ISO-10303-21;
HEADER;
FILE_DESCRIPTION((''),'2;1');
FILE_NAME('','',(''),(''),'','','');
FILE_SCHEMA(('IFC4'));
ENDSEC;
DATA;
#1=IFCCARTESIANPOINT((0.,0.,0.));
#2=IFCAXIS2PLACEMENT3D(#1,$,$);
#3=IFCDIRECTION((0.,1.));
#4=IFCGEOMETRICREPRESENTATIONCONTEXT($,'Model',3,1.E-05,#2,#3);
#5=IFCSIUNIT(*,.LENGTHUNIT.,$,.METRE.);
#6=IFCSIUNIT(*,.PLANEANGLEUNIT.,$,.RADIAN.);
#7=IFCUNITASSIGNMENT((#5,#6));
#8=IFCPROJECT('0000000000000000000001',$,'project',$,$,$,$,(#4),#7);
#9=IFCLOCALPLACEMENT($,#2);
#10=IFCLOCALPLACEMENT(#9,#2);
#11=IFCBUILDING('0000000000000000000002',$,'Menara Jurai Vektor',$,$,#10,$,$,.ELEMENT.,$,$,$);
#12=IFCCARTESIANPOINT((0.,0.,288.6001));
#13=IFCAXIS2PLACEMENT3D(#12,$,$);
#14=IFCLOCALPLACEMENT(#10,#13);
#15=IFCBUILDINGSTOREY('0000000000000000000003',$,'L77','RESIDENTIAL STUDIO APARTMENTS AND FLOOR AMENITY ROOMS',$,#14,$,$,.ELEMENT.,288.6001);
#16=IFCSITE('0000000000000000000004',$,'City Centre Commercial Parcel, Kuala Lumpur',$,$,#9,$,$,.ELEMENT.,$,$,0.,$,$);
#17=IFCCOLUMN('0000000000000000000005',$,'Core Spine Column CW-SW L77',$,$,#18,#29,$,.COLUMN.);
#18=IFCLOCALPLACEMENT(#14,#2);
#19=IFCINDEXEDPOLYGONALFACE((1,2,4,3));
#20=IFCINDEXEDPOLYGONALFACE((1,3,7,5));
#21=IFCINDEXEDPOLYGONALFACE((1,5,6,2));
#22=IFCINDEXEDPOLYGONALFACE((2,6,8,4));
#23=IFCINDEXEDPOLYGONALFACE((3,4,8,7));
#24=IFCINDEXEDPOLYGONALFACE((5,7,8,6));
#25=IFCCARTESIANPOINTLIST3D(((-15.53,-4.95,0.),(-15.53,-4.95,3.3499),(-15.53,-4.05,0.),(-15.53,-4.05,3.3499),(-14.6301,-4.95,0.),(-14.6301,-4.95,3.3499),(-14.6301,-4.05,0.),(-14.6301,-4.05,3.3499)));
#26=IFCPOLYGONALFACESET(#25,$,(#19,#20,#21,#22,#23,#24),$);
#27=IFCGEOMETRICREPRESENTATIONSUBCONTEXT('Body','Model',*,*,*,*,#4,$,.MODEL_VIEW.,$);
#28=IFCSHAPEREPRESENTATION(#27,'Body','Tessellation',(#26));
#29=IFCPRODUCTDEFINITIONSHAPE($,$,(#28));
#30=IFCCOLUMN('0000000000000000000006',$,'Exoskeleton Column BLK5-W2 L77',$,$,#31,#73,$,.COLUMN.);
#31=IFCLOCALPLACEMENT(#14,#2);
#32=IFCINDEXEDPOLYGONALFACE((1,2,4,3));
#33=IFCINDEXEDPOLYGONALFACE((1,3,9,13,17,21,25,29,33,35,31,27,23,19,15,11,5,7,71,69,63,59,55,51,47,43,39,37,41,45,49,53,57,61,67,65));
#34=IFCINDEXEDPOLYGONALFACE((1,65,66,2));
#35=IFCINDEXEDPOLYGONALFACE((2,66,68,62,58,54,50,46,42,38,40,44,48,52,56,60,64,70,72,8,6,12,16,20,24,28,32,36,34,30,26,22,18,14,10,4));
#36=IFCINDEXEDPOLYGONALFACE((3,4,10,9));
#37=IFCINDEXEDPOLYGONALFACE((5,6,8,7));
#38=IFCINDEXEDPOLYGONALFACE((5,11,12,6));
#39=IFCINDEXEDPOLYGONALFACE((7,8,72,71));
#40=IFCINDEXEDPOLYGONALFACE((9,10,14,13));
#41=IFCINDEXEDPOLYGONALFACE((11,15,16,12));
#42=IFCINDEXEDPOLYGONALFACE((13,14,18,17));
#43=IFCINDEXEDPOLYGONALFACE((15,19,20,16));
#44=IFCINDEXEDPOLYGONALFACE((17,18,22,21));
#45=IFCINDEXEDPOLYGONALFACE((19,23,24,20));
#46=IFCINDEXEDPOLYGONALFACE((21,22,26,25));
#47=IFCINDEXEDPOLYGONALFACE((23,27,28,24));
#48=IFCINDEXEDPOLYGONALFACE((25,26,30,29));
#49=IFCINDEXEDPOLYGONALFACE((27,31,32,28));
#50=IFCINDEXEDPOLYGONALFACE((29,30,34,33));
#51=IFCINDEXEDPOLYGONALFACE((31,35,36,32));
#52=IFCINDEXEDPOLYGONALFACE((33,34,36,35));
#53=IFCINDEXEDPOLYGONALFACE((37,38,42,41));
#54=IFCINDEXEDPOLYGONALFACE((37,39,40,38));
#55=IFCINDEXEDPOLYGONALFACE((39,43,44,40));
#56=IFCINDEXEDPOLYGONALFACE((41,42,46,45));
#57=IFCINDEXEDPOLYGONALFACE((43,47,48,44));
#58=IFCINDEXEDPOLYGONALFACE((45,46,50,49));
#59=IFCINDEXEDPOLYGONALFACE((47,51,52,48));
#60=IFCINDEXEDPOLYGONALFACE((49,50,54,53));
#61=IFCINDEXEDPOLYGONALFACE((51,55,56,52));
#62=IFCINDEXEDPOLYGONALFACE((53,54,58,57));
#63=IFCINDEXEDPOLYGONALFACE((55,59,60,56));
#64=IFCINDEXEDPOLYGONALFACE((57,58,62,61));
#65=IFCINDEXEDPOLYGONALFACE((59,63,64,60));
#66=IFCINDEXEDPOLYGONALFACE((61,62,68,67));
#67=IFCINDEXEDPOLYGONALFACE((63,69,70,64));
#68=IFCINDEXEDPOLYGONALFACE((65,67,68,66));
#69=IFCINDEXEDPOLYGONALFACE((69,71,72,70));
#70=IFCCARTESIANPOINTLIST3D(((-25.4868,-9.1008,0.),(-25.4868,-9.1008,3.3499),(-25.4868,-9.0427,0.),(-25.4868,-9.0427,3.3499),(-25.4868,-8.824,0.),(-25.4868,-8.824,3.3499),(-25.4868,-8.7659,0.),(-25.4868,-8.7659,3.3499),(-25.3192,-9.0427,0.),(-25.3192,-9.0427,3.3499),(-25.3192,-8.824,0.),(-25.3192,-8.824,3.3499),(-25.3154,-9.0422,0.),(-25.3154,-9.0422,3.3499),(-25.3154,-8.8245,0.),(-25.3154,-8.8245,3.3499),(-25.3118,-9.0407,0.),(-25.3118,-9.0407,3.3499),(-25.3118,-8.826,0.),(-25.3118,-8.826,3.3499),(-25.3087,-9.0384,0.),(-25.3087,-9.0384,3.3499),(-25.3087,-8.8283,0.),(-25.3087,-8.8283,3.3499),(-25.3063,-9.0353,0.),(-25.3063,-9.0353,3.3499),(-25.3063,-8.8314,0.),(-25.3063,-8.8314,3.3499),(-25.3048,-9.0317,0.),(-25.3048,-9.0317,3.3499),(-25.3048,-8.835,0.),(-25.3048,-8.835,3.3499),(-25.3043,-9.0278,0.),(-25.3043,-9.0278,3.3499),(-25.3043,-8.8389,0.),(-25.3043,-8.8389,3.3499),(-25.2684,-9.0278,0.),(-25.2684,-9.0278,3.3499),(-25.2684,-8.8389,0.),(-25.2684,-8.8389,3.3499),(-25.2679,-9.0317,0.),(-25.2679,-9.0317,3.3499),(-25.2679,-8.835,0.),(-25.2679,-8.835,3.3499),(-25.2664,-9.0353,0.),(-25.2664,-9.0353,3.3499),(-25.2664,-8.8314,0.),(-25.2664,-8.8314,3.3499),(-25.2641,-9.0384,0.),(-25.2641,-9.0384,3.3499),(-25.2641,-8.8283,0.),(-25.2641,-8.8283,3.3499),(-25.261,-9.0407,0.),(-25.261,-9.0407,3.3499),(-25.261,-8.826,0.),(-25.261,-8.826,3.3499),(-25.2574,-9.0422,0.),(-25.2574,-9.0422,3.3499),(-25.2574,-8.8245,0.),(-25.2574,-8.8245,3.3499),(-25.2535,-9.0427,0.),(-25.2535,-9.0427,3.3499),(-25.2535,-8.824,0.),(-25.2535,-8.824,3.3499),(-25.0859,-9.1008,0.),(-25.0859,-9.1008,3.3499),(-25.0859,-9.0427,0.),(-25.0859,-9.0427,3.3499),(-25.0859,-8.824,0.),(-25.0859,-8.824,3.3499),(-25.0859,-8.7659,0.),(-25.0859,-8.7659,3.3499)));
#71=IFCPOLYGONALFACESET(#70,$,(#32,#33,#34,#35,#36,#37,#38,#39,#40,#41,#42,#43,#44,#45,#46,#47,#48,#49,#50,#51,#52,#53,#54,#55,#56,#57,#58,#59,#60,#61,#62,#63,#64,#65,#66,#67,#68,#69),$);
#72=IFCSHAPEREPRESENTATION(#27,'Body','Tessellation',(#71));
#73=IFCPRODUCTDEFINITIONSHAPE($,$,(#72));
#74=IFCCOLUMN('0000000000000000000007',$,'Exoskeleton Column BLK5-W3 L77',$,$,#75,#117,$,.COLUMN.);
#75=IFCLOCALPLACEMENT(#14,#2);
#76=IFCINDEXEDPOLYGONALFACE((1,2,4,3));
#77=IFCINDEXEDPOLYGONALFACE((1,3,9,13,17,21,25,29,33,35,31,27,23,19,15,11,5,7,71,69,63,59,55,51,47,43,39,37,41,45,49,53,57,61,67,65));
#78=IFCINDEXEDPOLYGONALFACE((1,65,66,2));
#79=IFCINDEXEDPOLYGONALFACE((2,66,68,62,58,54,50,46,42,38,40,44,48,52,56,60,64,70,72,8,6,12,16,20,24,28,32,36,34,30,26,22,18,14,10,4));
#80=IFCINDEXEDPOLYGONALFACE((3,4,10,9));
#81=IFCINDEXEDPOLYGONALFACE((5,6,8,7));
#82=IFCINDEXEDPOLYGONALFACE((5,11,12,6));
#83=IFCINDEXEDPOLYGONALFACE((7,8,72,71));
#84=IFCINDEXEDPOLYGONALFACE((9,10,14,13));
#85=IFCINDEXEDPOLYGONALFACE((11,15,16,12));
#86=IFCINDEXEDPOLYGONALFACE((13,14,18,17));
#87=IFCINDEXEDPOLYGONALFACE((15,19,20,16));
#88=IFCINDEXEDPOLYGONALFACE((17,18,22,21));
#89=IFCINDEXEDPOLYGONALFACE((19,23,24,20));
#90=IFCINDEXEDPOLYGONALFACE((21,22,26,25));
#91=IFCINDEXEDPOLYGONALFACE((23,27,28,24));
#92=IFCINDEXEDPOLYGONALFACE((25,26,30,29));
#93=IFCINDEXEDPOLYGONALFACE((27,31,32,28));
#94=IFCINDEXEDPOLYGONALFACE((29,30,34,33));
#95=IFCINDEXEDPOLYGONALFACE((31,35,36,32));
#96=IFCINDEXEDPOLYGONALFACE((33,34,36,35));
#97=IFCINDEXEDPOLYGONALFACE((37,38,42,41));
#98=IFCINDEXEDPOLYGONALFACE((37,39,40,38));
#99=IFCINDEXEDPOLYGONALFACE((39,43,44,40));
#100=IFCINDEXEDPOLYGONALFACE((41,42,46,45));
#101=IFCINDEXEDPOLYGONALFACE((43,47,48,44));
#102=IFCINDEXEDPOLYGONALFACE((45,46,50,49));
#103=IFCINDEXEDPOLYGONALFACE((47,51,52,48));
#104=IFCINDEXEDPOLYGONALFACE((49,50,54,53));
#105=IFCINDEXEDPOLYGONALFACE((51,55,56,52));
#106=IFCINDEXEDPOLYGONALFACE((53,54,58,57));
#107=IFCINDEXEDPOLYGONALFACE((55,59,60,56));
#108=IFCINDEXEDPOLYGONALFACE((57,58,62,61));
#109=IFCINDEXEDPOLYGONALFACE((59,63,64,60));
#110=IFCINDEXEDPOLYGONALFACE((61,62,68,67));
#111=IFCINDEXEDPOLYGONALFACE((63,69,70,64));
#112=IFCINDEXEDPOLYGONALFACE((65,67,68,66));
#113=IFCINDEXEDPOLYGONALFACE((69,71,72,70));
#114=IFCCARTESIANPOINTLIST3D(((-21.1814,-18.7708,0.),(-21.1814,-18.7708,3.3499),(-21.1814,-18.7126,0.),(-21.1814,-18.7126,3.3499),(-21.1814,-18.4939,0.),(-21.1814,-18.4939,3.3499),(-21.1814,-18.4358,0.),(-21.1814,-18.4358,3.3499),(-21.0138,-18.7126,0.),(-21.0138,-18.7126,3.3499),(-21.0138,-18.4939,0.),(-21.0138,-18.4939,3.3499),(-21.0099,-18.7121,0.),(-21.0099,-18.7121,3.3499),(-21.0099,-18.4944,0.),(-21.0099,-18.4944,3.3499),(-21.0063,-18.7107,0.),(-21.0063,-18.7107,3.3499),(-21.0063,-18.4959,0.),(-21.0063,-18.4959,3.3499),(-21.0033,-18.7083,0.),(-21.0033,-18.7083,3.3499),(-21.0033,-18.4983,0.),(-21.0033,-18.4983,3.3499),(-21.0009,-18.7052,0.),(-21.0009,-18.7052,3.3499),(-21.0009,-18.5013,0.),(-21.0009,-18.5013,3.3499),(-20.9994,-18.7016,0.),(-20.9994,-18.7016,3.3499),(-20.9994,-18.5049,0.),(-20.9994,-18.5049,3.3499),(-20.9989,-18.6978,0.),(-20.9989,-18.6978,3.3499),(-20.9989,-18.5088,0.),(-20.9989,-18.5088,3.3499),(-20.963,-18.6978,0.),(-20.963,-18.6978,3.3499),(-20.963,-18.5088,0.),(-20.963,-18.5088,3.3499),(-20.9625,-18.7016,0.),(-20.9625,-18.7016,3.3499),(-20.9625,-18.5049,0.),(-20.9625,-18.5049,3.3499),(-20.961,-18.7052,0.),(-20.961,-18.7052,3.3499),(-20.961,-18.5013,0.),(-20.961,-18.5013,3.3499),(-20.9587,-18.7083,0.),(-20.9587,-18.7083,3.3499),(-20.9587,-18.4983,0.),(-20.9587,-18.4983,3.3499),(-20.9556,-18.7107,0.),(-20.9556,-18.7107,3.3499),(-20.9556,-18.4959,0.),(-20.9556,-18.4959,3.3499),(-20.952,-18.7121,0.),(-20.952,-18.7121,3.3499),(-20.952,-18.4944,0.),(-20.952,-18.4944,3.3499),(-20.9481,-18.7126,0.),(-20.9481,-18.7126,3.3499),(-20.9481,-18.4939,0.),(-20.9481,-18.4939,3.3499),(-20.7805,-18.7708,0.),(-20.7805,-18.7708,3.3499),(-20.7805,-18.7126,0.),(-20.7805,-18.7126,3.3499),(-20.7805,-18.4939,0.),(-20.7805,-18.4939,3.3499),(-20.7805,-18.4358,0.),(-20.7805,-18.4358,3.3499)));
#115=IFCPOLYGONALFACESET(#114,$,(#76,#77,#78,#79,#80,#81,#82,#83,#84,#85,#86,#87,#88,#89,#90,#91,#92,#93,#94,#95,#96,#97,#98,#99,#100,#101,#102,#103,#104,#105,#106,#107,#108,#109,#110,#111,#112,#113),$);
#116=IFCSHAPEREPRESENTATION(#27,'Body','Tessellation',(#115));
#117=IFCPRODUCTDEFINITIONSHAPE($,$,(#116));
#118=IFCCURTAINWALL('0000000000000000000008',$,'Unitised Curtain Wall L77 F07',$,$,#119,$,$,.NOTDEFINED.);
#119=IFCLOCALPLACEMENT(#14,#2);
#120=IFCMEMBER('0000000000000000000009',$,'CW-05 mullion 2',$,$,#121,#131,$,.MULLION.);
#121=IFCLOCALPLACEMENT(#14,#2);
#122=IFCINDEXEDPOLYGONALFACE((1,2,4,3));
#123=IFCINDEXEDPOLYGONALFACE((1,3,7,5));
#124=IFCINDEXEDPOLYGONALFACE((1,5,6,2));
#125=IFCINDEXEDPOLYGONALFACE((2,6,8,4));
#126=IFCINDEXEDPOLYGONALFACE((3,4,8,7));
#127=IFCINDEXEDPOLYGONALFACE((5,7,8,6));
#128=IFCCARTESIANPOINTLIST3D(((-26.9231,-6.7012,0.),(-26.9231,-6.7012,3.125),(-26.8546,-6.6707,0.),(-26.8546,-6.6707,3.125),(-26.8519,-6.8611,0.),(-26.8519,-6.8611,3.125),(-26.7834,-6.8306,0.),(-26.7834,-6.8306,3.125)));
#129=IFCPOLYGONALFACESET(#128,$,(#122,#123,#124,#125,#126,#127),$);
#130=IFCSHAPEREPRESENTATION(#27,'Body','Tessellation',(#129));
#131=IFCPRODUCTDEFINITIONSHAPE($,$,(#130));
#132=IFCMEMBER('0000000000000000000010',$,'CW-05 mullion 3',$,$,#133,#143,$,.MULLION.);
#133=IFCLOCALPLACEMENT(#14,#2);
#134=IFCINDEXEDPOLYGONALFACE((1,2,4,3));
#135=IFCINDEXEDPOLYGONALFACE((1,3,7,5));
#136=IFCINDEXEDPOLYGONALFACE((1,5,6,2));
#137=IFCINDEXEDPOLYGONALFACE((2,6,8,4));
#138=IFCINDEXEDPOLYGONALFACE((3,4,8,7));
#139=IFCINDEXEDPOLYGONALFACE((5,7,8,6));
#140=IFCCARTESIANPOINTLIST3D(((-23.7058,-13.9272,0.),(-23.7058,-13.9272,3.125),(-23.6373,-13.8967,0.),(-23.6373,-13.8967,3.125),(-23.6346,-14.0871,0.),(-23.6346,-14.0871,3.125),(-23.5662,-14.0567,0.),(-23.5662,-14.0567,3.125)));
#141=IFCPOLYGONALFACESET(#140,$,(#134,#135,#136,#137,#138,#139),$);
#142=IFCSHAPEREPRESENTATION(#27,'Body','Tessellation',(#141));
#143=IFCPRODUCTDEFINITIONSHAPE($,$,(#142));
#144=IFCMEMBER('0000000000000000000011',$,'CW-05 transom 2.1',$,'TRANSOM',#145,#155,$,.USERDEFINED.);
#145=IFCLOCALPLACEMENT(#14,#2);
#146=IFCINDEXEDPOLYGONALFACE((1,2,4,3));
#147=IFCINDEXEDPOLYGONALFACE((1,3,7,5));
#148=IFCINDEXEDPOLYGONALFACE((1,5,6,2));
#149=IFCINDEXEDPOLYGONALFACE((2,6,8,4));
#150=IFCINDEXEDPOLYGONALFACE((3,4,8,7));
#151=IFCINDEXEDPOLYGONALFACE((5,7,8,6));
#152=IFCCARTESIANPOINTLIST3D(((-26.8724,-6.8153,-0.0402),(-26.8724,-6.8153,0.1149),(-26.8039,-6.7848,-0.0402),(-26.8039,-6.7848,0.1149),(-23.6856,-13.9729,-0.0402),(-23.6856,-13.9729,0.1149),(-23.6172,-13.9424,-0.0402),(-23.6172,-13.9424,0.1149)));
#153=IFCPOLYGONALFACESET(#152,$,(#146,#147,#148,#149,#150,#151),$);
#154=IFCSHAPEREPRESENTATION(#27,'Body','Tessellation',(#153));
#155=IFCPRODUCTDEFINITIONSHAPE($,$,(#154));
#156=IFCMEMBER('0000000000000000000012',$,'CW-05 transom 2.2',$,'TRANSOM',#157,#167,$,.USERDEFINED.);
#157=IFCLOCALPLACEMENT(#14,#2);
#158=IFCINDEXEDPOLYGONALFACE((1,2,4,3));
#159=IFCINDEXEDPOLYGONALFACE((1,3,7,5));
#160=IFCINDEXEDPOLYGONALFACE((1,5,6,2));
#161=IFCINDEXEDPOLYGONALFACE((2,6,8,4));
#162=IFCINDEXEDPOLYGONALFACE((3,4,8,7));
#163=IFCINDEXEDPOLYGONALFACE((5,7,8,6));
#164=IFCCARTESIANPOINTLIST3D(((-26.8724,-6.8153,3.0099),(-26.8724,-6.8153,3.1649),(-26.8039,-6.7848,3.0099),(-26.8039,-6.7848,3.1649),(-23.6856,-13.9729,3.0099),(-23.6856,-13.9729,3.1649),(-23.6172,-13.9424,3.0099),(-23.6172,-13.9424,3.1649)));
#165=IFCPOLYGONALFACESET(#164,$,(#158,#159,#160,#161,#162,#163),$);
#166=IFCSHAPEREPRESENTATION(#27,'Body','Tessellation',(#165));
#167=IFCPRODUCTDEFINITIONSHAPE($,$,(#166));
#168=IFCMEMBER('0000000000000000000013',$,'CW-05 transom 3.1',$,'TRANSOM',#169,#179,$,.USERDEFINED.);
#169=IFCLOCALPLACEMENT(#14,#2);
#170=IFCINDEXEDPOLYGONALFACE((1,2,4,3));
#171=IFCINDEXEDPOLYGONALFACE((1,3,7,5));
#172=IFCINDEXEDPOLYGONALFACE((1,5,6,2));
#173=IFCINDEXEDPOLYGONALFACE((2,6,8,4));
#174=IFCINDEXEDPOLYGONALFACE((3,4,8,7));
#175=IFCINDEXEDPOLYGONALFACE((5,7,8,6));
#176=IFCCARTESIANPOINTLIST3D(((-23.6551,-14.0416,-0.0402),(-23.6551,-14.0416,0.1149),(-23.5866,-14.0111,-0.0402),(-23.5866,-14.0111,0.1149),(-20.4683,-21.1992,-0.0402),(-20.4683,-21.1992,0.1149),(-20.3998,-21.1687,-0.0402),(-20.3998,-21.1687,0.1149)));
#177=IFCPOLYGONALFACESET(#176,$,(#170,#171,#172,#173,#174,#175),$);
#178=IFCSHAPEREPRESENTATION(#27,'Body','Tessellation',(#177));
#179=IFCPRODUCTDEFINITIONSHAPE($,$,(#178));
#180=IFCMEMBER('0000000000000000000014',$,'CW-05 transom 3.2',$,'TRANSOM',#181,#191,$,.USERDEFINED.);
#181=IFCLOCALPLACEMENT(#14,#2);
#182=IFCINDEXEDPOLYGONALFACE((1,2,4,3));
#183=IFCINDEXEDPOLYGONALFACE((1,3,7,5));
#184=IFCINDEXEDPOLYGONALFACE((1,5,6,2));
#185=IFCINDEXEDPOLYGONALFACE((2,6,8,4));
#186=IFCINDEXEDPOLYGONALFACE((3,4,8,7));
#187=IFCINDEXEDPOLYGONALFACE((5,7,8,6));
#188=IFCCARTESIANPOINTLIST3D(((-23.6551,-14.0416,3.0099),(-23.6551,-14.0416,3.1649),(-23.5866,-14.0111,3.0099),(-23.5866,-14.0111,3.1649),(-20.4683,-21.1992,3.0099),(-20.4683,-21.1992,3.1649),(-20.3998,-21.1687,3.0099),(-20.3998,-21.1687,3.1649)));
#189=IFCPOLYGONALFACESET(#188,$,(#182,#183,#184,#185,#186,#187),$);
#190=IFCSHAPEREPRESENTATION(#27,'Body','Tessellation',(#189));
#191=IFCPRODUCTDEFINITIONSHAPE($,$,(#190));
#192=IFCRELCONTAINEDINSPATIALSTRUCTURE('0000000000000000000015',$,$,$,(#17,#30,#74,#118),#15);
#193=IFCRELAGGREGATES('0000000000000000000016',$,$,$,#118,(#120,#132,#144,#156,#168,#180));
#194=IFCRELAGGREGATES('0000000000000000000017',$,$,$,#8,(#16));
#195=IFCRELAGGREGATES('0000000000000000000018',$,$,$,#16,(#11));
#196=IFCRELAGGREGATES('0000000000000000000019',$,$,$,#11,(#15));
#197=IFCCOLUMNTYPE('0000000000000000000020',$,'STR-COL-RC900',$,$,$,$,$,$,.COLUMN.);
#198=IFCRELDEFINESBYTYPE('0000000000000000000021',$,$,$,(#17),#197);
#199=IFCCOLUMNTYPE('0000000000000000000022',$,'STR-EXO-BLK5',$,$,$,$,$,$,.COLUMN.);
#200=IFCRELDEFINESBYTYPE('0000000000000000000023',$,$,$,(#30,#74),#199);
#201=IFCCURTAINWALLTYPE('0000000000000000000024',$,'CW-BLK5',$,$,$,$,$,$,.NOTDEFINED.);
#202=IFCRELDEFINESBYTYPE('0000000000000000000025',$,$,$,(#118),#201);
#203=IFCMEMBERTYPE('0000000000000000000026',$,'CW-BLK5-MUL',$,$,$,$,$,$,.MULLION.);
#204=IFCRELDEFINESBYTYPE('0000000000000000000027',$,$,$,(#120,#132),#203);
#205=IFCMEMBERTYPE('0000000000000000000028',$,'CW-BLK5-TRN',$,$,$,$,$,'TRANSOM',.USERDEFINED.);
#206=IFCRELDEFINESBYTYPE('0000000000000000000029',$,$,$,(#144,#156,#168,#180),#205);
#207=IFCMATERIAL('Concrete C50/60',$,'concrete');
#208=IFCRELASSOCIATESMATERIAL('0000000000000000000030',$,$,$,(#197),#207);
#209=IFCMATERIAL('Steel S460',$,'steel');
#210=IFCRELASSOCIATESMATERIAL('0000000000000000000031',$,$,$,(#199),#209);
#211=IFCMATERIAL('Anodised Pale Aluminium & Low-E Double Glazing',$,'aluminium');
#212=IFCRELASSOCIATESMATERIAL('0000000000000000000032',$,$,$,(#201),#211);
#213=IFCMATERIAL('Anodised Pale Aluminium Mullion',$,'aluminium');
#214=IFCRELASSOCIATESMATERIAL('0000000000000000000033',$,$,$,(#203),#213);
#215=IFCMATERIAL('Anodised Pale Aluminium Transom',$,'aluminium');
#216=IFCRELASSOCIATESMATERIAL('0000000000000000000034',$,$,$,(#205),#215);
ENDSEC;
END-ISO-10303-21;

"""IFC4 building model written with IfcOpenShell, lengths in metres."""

from ifc_helpers import new_model, si_unit, direction, frame, origin, origin_2d, place, context, subcontext, project, spatial, rectangle, i_section, extrude, material, material_profile, profile_set, type_object, element, aggregate, save


model = new_model("IFC4")

# Units and contexts
model_context = context("Model", 3, precision=1e-05, world=origin(), true_north=direction((0.0, 1.0)))
body_context = subcontext(model_context, "Body", "Model", "MODEL_VIEW")
ifc_project = project(units=[si_unit("LENGTHUNIT", "METRE"), si_unit("PLANEANGLEUNIT", "RADIAN")], contexts=[model_context])

# Site, building, storey
site_placement = place(None, origin())
site = spatial("IfcSite", under=ifc_project, at=site_placement, Name="City Centre Commercial Parcel, Kuala Lumpur", CompositionType="ELEMENT", RefElevation=0.0)
building_placement = place(site_placement, origin())
building = spatial("IfcBuilding", under=site, at=building_placement, Name="Menara Jurai Vektor", CompositionType="ELEMENT")
storey_placement = place(building_placement, frame((0.0, 0.0, 288.6001)))
storey = spatial("IfcBuildingStorey", under=building, at=storey_placement, Name="L77", Description="RESIDENTIAL STUDIO APARTMENTS AND FLOOR AMENITY ROOMS", CompositionType="ELEMENT", Elevation=288.6001)

# Columns
ifc_material_1 = material(Name="Concrete C50/60", Category="concrete")
ifc_material_profile_1 = material_profile(ifc_material_1, rectangle(XDim=0.8999, YDim=0.8999, at=origin_2d()), Name="RC 900x900")
ifc_profile_set_1 = profile_set([ifc_material_profile_1], Name="Concrete C50/60")
column_type_1 = type_object("IfcColumnType", Name="STR-COL-RC900", PredefinedType="COLUMN", material=ifc_profile_set_1)
column_placement = place(storey_placement, frame((-15.0801, -4.5, 0.0), z_axis=(0.0, 0.0, 1.0), x_axis=(1.0, 0.0, 0.0)))
element("IfcColumn", 1, at=column_placement, inside=storey, type_object=column_type_1, Name="Core Spine Column CW-SW L77", PredefinedType="COLUMN", context=body_context, shape_type="SweptSolid", body=[
    extrude(rectangle(XDim=0.8999, YDim=0.8999, at=origin_2d()), origin(), (0.0, 0.0, 1.0), 3.3499),
])
ifc_material_2 = material(Name="Steel S460", Category="steel")
ifc_material_profile_2 = material_profile(ifc_material_2, i_section(OverallWidth=0.4009, OverallDepth=0.335, WebThickness=0.0359, FlangeThickness=0.0581, FilletRadius=0.0149, at=origin_2d()), Name="HD 400x463")
ifc_profile_set_2 = profile_set([ifc_material_profile_2], Name="Steel S460")
column_type_2 = type_object("IfcColumnType", Name="STR-EXO-BLK5", PredefinedType="COLUMN", material=ifc_profile_set_2)
for number, where, z_axis, x_axis, name in (
    (2, (-25.2864, -8.9333, 0.0), (0.0, 0.0, 1.0), (1.0, 0.0, 0.0), "Exoskeleton Column BLK5-W2 L77"),
    (3, (-20.981, -18.6033, 0.0), (0.0, 0.0, 1.0), (1.0, 0.0, 0.0), "Exoskeleton Column BLK5-W3 L77"),
):
    element("IfcColumn", number, at=place(storey_placement, frame(where, z_axis=z_axis, x_axis=x_axis)), inside=storey, type_object=column_type_2, Name=name, PredefinedType="COLUMN", context=body_context, shape_type="SweptSolid", body=[
        extrude(i_section(OverallWidth=0.4009, OverallDepth=0.335, WebThickness=0.0359, FlangeThickness=0.0581, FilletRadius=0.0149, at=origin_2d()), origin(), (0.0, 0.0, 1.0), 3.3499),
    ])

# Curtain wall, members
ifc_material_3 = material(Name="Anodised Pale Aluminium & Low-E Double Glazing", Category="aluminium")
curtain_wall_type = type_object("IfcCurtainWallType", Name="CW-BLK5", PredefinedType="NOTDEFINED", material=ifc_material_3)
curtain_wall_placement = place(storey_placement, origin())
curtain_wall = element("IfcCurtainWall", 4, at=curtain_wall_placement, inside=storey, type_object=curtain_wall_type, Name="Unitised Curtain Wall L77 F07", PredefinedType="NOTDEFINED")
ifc_material_4 = material(Name="Anodised Pale Aluminium Mullion", Category="aluminium")
ifc_material_profile_3 = material_profile(ifc_material_4, rectangle(XDim=0.075, YDim=0.175, at=origin_2d()), Name="ALU MUL 75x175")
ifc_profile_set_3 = profile_set([ifc_material_profile_3], Name="Anodised Pale Aluminium Mullion")
member_type_1 = type_object("IfcMemberType", Name="CW-BLK5-MUL", PredefinedType="MULLION", material=ifc_profile_set_3)
member_1_placement = place(storey_placement, frame((-26.8533, -6.7659, 0.0), z_axis=(0.0, 0.0, 1.0), x_axis=(0.913546, 0.406735, 0.0)))
member_1 = element("IfcMember", 5, at=member_1_placement, type_object=member_type_1, Name="CW-05 mullion 2", PredefinedType="MULLION", context=body_context, shape_type="SweptSolid", body=[
    extrude(rectangle(XDim=0.075, YDim=0.175, at=origin_2d()), origin(), (0.0, 0.0, 1.0), 3.125),
])
member_2_placement = place(storey_placement, frame((-23.636, -13.9919, 0.0), z_axis=(0.0, 0.0, 1.0), x_axis=(0.913546, 0.406735, 0.0)))
member_2 = element("IfcMember", 6, at=member_2_placement, type_object=member_type_1, Name="CW-05 mullion 3", PredefinedType="MULLION", context=body_context, shape_type="SweptSolid", body=[
    extrude(rectangle(XDim=0.075, YDim=0.175, at=origin_2d()), origin(), (0.0, 0.0, 1.0), 3.125),
])
ifc_material_5 = material(Name="Anodised Pale Aluminium Transom", Category="aluminium")
ifc_material_profile_4 = material_profile(ifc_material_5, rectangle(XDim=0.075, YDim=0.155, at=origin_2d()), Name="ALU TRN 75x155")
ifc_profile_set_4 = profile_set([ifc_material_profile_4], Name="Anodised Pale Aluminium Transom")
member_type_2 = type_object("IfcMemberType", Name="CW-BLK5-TRN", ElementType="TRANSOM", PredefinedType="USERDEFINED", material=ifc_profile_set_4)
member_3_placement = place(storey_placement, frame((-26.8381, -6.8, 0.0374), z_axis=(0.406731, -0.913548, 0.0), x_axis=(0.913548, 0.406731, 0.0)))
member_3 = element("IfcMember", 7, at=member_3_placement, type_object=member_type_2, Name="CW-05 transom 2.1", ObjectType="TRANSOM", PredefinedType="USERDEFINED", context=body_context, shape_type="SweptSolid", body=[
    extrude(rectangle(XDim=0.075, YDim=0.155, at=origin_2d()), origin(), (0.0, 0.0, 1.0), 7.835),
])
member_4_placement = place(storey_placement, frame((-26.8381, -6.8, 3.0874), z_axis=(0.406731, -0.913548, 0.0), x_axis=(0.913548, 0.406731, 0.0)))
member_4 = element("IfcMember", 8, at=member_4_placement, type_object=member_type_2, Name="CW-05 transom 2.2", ObjectType="TRANSOM", PredefinedType="USERDEFINED", context=body_context, shape_type="SweptSolid", body=[
    extrude(rectangle(XDim=0.075, YDim=0.155, at=origin_2d()), origin(), (0.0, 0.0, 1.0), 7.835),
])
member_5_placement = place(storey_placement, frame((-23.6208, -14.0264, 0.0374), z_axis=(0.406743, -0.913543, 0.0), x_axis=(0.913543, 0.406743, 0.0)))
member_5 = element("IfcMember", 9, at=member_5_placement, type_object=member_type_2, Name="CW-05 transom 3.1", ObjectType="TRANSOM", PredefinedType="USERDEFINED", context=body_context, shape_type="SweptSolid", body=[
    extrude(rectangle(XDim=0.075, YDim=0.155, at=origin_2d()), origin(), (0.0, 0.0, 1.0), 7.835),
])
member_6_placement = place(storey_placement, frame((-23.6208, -14.0264, 3.0874), z_axis=(0.406743, -0.913543, 0.0), x_axis=(0.913543, 0.406743, 0.0)))
member_6 = element("IfcMember", 10, at=member_6_placement, type_object=member_type_2, Name="CW-05 transom 3.2", ObjectType="TRANSOM", PredefinedType="USERDEFINED", context=body_context, shape_type="SweptSolid", body=[
    extrude(rectangle(XDim=0.075, YDim=0.155, at=origin_2d()), origin(), (0.0, 0.0, 1.0), 7.835),
])

aggregate(curtain_wall, [member_1, member_2, member_3, member_4, member_5, member_6])

save(model, "model.ifc")
